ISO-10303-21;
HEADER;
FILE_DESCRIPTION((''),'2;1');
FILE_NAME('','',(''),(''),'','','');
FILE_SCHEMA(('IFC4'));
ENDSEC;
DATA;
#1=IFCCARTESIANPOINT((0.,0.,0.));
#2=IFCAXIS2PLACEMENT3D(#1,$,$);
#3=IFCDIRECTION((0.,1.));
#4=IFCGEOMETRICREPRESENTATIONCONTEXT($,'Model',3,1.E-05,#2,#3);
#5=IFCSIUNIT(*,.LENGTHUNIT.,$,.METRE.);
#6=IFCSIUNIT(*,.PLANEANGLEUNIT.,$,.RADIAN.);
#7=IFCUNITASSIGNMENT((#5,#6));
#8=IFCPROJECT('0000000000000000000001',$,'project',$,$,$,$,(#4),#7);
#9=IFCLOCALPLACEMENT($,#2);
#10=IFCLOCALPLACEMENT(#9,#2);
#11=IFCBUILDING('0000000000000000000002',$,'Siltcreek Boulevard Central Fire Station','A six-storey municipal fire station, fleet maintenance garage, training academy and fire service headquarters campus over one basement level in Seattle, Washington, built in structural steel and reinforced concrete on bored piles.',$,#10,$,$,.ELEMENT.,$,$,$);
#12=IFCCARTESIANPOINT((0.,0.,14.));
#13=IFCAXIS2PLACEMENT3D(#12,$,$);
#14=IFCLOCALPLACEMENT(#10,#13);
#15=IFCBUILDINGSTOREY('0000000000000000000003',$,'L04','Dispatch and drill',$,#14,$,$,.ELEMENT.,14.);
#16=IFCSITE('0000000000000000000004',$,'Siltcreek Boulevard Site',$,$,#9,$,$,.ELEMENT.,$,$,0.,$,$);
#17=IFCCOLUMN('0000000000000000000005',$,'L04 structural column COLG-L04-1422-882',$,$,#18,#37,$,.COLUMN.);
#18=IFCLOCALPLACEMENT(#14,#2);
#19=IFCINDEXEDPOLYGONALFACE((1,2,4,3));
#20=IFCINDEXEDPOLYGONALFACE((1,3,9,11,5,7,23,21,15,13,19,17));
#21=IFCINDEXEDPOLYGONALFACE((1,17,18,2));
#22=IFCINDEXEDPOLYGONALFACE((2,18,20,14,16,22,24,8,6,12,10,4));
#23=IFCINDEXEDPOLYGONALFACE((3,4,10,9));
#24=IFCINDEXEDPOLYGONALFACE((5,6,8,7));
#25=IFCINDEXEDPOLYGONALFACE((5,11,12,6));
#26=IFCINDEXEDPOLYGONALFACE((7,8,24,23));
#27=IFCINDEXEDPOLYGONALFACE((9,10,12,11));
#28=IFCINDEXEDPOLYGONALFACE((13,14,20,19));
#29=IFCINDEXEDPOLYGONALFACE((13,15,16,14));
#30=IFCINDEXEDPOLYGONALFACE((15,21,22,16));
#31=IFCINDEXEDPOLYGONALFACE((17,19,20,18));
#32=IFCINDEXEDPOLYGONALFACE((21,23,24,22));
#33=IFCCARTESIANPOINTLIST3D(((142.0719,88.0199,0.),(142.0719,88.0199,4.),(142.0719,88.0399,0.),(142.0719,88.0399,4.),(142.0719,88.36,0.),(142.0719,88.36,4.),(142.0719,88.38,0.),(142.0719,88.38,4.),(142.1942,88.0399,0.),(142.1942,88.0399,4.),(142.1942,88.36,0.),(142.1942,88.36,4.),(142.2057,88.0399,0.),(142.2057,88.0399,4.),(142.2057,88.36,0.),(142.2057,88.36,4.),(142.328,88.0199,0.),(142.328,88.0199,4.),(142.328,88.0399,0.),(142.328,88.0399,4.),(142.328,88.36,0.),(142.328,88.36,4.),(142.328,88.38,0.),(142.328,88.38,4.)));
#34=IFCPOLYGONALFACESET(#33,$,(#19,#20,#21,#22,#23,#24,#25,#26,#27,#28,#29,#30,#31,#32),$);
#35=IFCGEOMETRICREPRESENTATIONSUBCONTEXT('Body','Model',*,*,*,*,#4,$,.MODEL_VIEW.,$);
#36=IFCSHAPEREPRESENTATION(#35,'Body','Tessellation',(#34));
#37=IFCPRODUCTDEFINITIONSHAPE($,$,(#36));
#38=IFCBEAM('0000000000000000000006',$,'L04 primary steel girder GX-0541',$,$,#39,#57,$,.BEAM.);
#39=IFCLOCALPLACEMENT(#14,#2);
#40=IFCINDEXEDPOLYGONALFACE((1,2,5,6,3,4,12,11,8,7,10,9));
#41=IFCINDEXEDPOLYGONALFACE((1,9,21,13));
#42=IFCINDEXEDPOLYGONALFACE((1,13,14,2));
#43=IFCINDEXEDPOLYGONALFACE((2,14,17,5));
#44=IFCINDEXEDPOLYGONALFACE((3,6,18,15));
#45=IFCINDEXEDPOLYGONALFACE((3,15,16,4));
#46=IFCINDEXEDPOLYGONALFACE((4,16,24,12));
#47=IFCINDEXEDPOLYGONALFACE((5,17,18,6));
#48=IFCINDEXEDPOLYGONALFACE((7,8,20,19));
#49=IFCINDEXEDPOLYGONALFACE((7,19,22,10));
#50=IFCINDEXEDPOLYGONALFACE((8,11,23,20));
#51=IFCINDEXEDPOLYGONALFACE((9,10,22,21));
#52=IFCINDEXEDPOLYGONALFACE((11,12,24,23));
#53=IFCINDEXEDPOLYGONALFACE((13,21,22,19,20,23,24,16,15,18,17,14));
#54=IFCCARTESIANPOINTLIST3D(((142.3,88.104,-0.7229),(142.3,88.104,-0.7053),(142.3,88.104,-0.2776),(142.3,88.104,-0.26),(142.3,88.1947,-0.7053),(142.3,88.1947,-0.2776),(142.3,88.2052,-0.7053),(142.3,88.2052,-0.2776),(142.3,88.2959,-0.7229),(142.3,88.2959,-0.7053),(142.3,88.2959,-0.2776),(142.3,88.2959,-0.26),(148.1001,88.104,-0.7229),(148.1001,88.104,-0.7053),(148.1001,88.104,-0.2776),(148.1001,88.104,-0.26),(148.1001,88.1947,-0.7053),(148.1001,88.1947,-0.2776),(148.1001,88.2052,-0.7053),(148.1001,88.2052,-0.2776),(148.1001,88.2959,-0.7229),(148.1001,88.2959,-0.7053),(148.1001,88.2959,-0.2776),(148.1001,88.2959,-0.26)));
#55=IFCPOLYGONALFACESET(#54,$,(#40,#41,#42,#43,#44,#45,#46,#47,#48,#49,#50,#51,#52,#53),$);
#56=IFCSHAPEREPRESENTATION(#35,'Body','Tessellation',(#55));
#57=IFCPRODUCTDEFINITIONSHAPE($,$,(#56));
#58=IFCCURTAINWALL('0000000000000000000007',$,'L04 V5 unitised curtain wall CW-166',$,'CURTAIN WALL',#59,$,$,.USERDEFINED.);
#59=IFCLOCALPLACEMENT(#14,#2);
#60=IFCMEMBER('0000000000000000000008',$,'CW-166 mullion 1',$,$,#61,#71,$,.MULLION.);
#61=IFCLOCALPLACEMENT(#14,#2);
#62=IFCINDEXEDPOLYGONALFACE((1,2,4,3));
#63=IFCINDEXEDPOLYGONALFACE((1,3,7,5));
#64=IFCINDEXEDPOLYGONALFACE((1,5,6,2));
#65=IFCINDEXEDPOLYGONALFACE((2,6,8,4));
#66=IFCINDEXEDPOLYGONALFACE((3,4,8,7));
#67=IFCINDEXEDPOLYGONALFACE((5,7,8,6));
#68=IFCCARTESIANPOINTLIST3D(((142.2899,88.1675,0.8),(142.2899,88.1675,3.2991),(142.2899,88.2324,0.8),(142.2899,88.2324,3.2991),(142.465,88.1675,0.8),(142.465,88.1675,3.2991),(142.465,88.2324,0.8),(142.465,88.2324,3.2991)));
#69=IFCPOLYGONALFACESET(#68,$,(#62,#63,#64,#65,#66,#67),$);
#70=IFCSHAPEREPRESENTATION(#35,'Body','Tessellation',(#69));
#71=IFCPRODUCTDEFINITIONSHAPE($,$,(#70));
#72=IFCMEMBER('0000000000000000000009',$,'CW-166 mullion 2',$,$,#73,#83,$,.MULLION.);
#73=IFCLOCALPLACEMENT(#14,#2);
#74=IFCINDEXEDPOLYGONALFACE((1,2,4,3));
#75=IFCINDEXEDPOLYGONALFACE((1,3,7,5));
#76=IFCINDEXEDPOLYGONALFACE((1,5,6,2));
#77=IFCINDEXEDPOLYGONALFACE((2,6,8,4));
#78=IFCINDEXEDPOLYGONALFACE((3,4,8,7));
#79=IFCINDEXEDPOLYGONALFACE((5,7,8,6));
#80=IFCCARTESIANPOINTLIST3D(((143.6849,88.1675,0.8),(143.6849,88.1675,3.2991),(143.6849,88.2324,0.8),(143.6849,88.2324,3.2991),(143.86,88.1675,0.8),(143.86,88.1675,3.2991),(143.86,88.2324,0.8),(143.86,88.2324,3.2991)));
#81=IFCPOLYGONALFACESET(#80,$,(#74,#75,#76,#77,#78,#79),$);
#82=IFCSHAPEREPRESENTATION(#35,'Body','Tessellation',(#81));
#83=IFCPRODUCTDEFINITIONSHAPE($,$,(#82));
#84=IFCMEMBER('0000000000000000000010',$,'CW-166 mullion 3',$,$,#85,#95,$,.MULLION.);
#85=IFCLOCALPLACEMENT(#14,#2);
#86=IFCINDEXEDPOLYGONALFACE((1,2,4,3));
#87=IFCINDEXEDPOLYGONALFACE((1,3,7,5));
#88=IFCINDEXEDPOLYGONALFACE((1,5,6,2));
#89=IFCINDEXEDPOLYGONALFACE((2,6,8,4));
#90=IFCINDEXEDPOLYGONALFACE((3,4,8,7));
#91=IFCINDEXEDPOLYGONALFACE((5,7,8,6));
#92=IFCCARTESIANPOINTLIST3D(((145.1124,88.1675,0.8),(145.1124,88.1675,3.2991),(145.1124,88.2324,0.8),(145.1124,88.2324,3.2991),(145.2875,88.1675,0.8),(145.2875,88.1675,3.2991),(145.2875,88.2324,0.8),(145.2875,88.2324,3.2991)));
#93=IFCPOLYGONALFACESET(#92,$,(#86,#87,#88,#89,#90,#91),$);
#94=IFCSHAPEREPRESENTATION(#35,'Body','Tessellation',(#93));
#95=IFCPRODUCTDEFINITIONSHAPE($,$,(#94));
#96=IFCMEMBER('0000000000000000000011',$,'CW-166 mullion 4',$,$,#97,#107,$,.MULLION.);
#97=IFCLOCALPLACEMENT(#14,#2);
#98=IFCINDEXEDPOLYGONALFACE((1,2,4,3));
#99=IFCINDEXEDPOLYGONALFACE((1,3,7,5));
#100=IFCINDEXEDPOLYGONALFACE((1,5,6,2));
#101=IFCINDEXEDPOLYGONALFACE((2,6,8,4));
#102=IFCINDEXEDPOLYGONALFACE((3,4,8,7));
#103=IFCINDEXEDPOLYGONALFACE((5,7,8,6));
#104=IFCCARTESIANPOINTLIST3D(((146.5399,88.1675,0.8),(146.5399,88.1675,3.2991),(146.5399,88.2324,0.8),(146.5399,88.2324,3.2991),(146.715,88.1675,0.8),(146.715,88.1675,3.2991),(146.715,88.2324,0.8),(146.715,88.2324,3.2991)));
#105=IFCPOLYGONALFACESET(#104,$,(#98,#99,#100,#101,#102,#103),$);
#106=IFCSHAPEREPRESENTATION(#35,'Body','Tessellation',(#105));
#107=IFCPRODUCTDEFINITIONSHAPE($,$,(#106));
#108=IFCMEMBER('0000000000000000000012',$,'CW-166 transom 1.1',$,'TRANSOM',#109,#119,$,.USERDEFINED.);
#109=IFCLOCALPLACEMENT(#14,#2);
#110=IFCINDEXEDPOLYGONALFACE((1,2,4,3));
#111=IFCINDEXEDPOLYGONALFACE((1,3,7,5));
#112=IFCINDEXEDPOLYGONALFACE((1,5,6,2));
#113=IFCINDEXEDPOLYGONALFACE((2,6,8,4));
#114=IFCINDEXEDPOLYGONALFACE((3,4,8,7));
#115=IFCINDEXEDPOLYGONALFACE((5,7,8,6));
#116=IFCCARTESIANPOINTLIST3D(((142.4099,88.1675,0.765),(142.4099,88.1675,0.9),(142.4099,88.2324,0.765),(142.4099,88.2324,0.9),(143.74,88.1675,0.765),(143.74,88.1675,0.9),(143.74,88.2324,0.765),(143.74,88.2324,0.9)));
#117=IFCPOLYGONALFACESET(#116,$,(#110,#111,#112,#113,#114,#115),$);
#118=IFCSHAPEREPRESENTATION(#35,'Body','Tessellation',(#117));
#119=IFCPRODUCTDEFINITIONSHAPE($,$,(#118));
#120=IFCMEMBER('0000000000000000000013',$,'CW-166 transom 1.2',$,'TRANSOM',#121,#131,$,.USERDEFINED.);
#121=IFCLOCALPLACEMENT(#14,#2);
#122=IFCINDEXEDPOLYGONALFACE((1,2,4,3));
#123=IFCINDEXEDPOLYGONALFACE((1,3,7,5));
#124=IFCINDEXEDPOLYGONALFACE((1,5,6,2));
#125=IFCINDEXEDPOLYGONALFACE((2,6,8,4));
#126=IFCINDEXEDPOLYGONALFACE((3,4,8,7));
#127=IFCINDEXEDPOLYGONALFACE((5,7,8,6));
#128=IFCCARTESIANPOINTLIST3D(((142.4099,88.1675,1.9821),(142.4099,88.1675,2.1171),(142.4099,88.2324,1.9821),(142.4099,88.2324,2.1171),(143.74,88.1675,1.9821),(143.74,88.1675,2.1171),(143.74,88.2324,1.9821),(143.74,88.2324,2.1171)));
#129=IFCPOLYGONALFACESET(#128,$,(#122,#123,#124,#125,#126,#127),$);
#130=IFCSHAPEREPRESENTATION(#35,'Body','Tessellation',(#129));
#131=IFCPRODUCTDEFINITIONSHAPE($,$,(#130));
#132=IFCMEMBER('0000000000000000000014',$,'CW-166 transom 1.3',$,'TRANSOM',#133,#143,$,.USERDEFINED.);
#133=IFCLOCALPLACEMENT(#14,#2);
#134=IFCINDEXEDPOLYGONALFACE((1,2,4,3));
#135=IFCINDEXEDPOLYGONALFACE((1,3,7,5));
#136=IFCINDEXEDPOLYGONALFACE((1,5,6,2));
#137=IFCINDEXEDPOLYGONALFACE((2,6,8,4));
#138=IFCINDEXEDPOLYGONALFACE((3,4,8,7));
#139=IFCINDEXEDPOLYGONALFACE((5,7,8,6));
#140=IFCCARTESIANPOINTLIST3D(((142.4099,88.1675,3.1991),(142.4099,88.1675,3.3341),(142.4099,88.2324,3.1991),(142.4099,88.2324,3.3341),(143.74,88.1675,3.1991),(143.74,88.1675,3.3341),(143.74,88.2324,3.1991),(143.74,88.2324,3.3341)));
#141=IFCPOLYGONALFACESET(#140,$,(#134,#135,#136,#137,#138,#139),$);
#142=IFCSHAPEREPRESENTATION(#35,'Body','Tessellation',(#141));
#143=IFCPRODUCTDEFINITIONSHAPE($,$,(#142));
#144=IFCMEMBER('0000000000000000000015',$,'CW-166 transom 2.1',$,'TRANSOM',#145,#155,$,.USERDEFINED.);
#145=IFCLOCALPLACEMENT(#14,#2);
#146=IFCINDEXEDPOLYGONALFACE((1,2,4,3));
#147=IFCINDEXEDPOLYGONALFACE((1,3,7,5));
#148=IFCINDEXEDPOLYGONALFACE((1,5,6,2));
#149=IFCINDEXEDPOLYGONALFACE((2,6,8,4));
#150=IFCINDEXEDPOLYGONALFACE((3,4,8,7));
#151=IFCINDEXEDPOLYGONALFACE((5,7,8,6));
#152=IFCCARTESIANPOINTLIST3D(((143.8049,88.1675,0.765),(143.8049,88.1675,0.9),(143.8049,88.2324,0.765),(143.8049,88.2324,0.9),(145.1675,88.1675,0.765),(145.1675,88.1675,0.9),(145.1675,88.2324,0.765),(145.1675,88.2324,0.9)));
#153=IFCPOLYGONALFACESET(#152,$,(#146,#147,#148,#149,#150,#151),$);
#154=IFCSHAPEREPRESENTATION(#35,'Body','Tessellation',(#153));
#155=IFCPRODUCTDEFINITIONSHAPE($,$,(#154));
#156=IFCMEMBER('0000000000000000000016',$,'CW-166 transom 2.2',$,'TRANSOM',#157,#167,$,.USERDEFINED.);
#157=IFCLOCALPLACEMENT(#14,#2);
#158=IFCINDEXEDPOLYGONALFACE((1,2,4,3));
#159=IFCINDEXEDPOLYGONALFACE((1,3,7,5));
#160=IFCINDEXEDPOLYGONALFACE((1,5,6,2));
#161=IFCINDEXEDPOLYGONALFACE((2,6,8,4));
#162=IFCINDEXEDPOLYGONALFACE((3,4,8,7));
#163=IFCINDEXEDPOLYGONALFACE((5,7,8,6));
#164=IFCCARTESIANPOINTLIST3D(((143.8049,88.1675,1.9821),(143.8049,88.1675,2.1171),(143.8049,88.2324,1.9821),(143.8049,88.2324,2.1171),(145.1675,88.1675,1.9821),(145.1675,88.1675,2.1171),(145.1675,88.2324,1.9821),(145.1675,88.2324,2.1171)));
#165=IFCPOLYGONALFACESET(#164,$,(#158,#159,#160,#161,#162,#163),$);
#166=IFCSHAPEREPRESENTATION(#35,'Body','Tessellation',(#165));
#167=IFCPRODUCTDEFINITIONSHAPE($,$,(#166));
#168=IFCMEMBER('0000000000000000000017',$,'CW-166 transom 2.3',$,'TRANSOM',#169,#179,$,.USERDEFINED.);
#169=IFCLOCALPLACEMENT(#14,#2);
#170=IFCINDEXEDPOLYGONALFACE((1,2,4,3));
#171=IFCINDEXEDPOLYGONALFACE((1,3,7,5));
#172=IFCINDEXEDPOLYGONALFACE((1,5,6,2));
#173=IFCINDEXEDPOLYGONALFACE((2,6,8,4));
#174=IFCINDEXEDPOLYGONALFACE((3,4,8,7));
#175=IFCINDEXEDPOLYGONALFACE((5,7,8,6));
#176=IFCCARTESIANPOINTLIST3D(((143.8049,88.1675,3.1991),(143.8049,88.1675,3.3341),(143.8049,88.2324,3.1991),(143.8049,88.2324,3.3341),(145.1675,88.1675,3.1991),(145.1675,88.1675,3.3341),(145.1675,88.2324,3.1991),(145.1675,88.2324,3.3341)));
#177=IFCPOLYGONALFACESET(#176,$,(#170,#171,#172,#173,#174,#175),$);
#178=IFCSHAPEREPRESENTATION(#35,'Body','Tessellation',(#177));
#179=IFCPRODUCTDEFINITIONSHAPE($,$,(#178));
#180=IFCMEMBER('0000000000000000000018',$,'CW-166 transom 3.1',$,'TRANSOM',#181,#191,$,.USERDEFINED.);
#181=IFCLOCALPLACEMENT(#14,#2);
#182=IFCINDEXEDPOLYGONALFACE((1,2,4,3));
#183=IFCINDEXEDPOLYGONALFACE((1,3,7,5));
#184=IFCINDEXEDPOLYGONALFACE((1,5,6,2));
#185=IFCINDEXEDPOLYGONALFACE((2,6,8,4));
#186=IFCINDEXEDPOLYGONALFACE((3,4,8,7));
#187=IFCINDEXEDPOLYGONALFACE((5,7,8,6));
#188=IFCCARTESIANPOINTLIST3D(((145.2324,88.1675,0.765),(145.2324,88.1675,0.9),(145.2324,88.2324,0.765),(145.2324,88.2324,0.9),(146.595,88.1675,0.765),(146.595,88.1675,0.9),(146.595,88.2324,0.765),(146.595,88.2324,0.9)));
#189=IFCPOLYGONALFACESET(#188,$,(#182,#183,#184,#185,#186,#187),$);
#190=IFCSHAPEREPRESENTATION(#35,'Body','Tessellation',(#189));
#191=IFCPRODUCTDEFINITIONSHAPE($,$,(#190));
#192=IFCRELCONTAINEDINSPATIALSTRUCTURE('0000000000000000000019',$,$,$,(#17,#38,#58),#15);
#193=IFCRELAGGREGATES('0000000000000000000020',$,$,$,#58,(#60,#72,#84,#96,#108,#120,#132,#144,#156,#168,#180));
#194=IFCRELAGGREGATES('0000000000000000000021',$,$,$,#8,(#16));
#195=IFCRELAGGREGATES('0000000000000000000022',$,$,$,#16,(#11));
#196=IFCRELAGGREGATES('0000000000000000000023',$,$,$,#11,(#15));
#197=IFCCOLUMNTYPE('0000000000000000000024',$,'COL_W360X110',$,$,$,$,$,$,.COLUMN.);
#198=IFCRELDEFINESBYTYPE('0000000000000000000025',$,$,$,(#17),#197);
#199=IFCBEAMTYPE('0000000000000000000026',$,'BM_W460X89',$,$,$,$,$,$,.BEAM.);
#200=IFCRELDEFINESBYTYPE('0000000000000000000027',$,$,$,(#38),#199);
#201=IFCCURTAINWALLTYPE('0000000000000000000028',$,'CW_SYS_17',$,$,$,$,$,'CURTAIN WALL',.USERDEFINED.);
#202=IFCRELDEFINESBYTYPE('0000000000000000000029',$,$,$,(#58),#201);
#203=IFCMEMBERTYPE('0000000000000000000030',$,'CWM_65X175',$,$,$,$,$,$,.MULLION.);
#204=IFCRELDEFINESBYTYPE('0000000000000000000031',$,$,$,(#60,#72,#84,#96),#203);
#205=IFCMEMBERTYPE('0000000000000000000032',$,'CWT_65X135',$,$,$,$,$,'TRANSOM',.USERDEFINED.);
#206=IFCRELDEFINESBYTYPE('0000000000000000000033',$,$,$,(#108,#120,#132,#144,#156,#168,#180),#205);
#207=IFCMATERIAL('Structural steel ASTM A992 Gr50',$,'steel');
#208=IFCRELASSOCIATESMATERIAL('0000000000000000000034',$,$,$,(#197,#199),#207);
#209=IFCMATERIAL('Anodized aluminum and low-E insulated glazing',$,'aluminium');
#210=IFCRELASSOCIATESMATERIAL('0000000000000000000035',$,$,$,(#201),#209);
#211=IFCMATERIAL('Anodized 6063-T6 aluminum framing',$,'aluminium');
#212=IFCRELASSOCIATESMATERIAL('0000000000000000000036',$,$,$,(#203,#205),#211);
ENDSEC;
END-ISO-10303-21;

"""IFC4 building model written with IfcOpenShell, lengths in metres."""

from ifc_helpers import new_model, si_unit, direction, frame, origin, origin_2d, place, context, subcontext, project, spatial, rectangle, i_section, extrude, material, material_profile, profile_set, type_object, element, aggregate, save


model = new_model("IFC4")

# Units and contexts
model_context = context("Model", 3, precision=1e-05, world=origin(), true_north=direction((0.0, 1.0)))
body_context = subcontext(model_context, "Body", "Model", "MODEL_VIEW")
ifc_project = project(units=[si_unit("LENGTHUNIT", "METRE"), si_unit("PLANEANGLEUNIT", "RADIAN")], contexts=[model_context])

# Site, building, storey
site_placement = place(None, origin())
site = spatial("IfcSite", under=ifc_project, at=site_placement, Name="Siltcreek Boulevard Site", CompositionType="ELEMENT", RefElevation=0.0)
building_placement = place(site_placement, origin())
building = spatial("IfcBuilding", under=site, at=building_placement, Name="Siltcreek Boulevard Central Fire Station", Description="A six-storey municipal fire station, fleet maintenance garage, training academy and fire service headquarters campus over one basement level in Seattle, Washington, built in structural steel and reinforced concrete on bored piles.", CompositionType="ELEMENT")
storey_placement = place(building_placement, frame((0.0, 0.0, 14.0)))
storey = spatial("IfcBuildingStorey", under=building, at=storey_placement, Name="L04", Description="Dispatch and drill", CompositionType="ELEMENT", Elevation=14.0)

# Column
ifc_material_1 = material(Name="Structural steel ASTM A992 Gr50", Category="steel")
ifc_material_profile_1 = material_profile(ifc_material_1, i_section(OverallWidth=0.2561, OverallDepth=0.3601, WebThickness=0.0115, FlangeThickness=0.02, at=origin_2d()), Name="W360X110")
ifc_profile_set_1 = profile_set([ifc_material_profile_1], Name="Structural steel ASTM A992 Gr50")
column_type = type_object("IfcColumnType", Name="COL_W360X110", PredefinedType="COLUMN", material=ifc_profile_set_1)
column_placement = place(storey_placement, frame((142.2, 88.2, 0.0), z_axis=(0.0, 0.0, 1.0), x_axis=(1.0, 0.0, 0.0)))
element("IfcColumn", 1, at=column_placement, inside=storey, type_object=column_type, Name="L04 structural column COLG-L04-1422-882", PredefinedType="COLUMN", context=body_context, shape_type="SweptSolid", body=[
    extrude(i_section(OverallWidth=0.2561, OverallDepth=0.3601, WebThickness=0.0115, FlangeThickness=0.02, at=origin_2d()), origin(), (0.0, 0.0, 1.0), 4.0),
])

# Beam
ifc_material_profile_2 = material_profile(ifc_material_1, i_section(OverallWidth=0.1919, OverallDepth=0.4629, WebThickness=0.0105, FlangeThickness=0.0176, at=origin_2d()), Name="W460X89")
ifc_profile_set_2 = profile_set([ifc_material_profile_2], Name="Structural steel ASTM A992 Gr50")
beam_type = type_object("IfcBeamType", Name="BM_W460X89", PredefinedType="BEAM", material=ifc_profile_set_2)
beam_placement = place(storey_placement, frame((142.3, 88.2, -0.4915), z_axis=(1.0, 0.0, 0.0), x_axis=(0.0, 1.0, 0.0)))
element("IfcBeam", 2, at=beam_placement, inside=storey, type_object=beam_type, Name="L04 primary steel girder GX-0541", PredefinedType="BEAM", context=body_context, shape_type="SweptSolid", body=[
    extrude(i_section(OverallWidth=0.1919, OverallDepth=0.4629, WebThickness=0.0105, FlangeThickness=0.0176, at=origin_2d()), origin(), (0.0, 0.0, 1.0), 5.8),
])

# Curtain wall, members
ifc_material_2 = material(Name="Anodized aluminum and low-E insulated glazing", Category="aluminium")
curtain_wall_type = type_object("IfcCurtainWallType", Name="CW_SYS_17", ElementType="CURTAIN WALL", PredefinedType="USERDEFINED", material=ifc_material_2)
curtain_wall_placement = place(storey_placement, origin())
curtain_wall = element("IfcCurtainWall", 3, at=curtain_wall_placement, inside=storey, type_object=curtain_wall_type, Name="L04 V5 unitised curtain wall CW-166", ObjectType="CURTAIN WALL", PredefinedType="USERDEFINED")
ifc_material_3 = material(Name="Anodized 6063-T6 aluminum framing", Category="aluminium")
ifc_material_profile_3 = material_profile(ifc_material_3, rectangle(XDim=0.0649, YDim=0.175, at=origin_2d()), Name="MULL65X175")
ifc_profile_set_3 = profile_set([ifc_material_profile_3], Name="Anodized 6063-T6 aluminum framing")
member_type_1 = type_object("IfcMemberType", Name="CWM_65X175", PredefinedType="MULLION", material=ifc_profile_set_3)
member_1_placement = place(storey_placement, frame((142.3774, 88.2, 0.8), z_axis=(0.0, 0.0, 1.0), x_axis=(0.0, 1.0, 0.0)))
member_1 = element("IfcMember", 4, at=member_1_placement, type_object=member_type_1, Name="CW-166 mullion 1", PredefinedType="MULLION", context=body_context, shape_type="SweptSolid", body=[
    extrude(rectangle(XDim=0.0649, YDim=0.175, at=origin_2d()), origin(), (0.0, 0.0, 1.0), 2.499),
])
member_2_placement = place(storey_placement, frame((143.7725, 88.2, 0.8), z_axis=(0.0, 0.0, 1.0), x_axis=(0.0, 1.0, 0.0)))
member_2 = element("IfcMember", 5, at=member_2_placement, type_object=member_type_1, Name="CW-166 mullion 2", PredefinedType="MULLION", context=body_context, shape_type="SweptSolid", body=[
    extrude(rectangle(XDim=0.0649, YDim=0.175, at=origin_2d()), origin(), (0.0, 0.0, 1.0), 2.499),
])
member_3_placement = place(storey_placement, frame((145.2, 88.2, 0.8), z_axis=(0.0, 0.0, 1.0), x_axis=(0.0, 1.0, 0.0)))
member_3 = element("IfcMember", 6, at=member_3_placement, type_object=member_type_1, Name="CW-166 mullion 3", PredefinedType="MULLION", context=body_context, shape_type="SweptSolid", body=[
    extrude(rectangle(XDim=0.0649, YDim=0.175, at=origin_2d()), origin(), (0.0, 0.0, 1.0), 2.499),
])
member_4_placement = place(storey_placement, frame((146.6274, 88.2, 0.8), z_axis=(0.0, 0.0, 1.0), x_axis=(0.0, 1.0, 0.0)))
member_4 = element("IfcMember", 7, at=member_4_placement, type_object=member_type_1, Name="CW-166 mullion 4", PredefinedType="MULLION", context=body_context, shape_type="SweptSolid", body=[
    extrude(rectangle(XDim=0.0649, YDim=0.175, at=origin_2d()), origin(), (0.0, 0.0, 1.0), 2.499),
])
ifc_material_profile_4 = material_profile(ifc_material_3, rectangle(XDim=0.0649, YDim=0.135, at=origin_2d()), Name="TRAN65X135")
ifc_profile_set_4 = profile_set([ifc_material_profile_4], Name="Anodized 6063-T6 aluminum framing")
member_type_2 = type_object("IfcMemberType", Name="CWT_65X135", ElementType="TRANSOM", PredefinedType="USERDEFINED", material=ifc_profile_set_4)
member_5_placement = place(storey_placement, frame((142.4099, 88.2, 0.8325), z_axis=(1.0, 0.0, 0.0), x_axis=(0.0, 1.0, 0.0)))
member_5 = element("IfcMember", 8, at=member_5_placement, type_object=member_type_2, Name="CW-166 transom 1.1", ObjectType="TRANSOM", PredefinedType="USERDEFINED", context=body_context, shape_type="SweptSolid", body=[
    extrude(rectangle(XDim=0.0649, YDim=0.135, at=origin_2d()), origin(), (0.0, 0.0, 1.0), 1.3301),
])
member_6_placement = place(storey_placement, frame((142.4099, 88.2, 2.0496), z_axis=(1.0, 0.0, 0.0), x_axis=(0.0, 1.0, 0.0)))
member_6 = element("IfcMember", 9, at=member_6_placement, type_object=member_type_2, Name="CW-166 transom 1.2", ObjectType="TRANSOM", PredefinedType="USERDEFINED", context=body_context, shape_type="SweptSolid", body=[
    extrude(rectangle(XDim=0.0649, YDim=0.135, at=origin_2d()), origin(), (0.0, 0.0, 1.0), 1.3301),
])
member_7_placement = place(storey_placement, frame((142.4099, 88.2, 3.2666), z_axis=(1.0, 0.0, 0.0), x_axis=(0.0, 1.0, 0.0)))
member_7 = element("IfcMember", 10, at=member_7_placement, type_object=member_type_2, Name="CW-166 transom 1.3", ObjectType="TRANSOM", PredefinedType="USERDEFINED", context=body_context, shape_type="SweptSolid", body=[
    extrude(rectangle(XDim=0.0649, YDim=0.135, at=origin_2d()), origin(), (0.0, 0.0, 1.0), 1.3301),
])
member_8_placement = place(storey_placement, frame((143.8049, 88.2, 0.8325), z_axis=(1.0, 0.0, 0.0), x_axis=(0.0, 1.0, 0.0)))
member_8 = element("IfcMember", 11, at=member_8_placement, type_object=member_type_2, Name="CW-166 transom 2.1", ObjectType="TRANSOM", PredefinedType="USERDEFINED", context=body_context, shape_type="SweptSolid", body=[
    extrude(rectangle(XDim=0.0649, YDim=0.135, at=origin_2d()), origin(), (0.0, 0.0, 1.0), 1.3625),
])
member_9_placement = place(storey_placement, frame((143.8049, 88.2, 2.0496), z_axis=(1.0, 0.0, 0.0), x_axis=(0.0, 1.0, 0.0)))
member_9 = element("IfcMember", 12, at=member_9_placement, type_object=member_type_2, Name="CW-166 transom 2.2", ObjectType="TRANSOM", PredefinedType="USERDEFINED", context=body_context, shape_type="SweptSolid", body=[
    extrude(rectangle(XDim=0.0649, YDim=0.135, at=origin_2d()), origin(), (0.0, 0.0, 1.0), 1.3625),
])
member_10_placement = place(storey_placement, frame((143.8049, 88.2, 3.2666), z_axis=(1.0, 0.0, 0.0), x_axis=(0.0, 1.0, 0.0)))
member_10 = element("IfcMember", 13, at=member_10_placement, type_object=member_type_2, Name="CW-166 transom 2.3", ObjectType="TRANSOM", PredefinedType="USERDEFINED", context=body_context, shape_type="SweptSolid", body=[
    extrude(rectangle(XDim=0.0649, YDim=0.135, at=origin_2d()), origin(), (0.0, 0.0, 1.0), 1.3625),
])
member_11_placement = place(storey_placement, frame((145.2324, 88.2, 0.8325), z_axis=(1.0, 0.0, 0.0), x_axis=(0.0, 1.0, 0.0)))
member_11 = element("IfcMember", 14, at=member_11_placement, type_object=member_type_2, Name="CW-166 transom 3.1", ObjectType="TRANSOM", PredefinedType="USERDEFINED", context=body_context, shape_type="SweptSolid", body=[
    extrude(rectangle(XDim=0.0649, YDim=0.135, at=origin_2d()), origin(), (0.0, 0.0, 1.0), 1.3625),
])
aggregate(curtain_wall, [member_1, member_2, member_3, member_4, member_5, member_6, member_7, member_8, member_9, member_10, member_11])

save(model, "model.ifc")
